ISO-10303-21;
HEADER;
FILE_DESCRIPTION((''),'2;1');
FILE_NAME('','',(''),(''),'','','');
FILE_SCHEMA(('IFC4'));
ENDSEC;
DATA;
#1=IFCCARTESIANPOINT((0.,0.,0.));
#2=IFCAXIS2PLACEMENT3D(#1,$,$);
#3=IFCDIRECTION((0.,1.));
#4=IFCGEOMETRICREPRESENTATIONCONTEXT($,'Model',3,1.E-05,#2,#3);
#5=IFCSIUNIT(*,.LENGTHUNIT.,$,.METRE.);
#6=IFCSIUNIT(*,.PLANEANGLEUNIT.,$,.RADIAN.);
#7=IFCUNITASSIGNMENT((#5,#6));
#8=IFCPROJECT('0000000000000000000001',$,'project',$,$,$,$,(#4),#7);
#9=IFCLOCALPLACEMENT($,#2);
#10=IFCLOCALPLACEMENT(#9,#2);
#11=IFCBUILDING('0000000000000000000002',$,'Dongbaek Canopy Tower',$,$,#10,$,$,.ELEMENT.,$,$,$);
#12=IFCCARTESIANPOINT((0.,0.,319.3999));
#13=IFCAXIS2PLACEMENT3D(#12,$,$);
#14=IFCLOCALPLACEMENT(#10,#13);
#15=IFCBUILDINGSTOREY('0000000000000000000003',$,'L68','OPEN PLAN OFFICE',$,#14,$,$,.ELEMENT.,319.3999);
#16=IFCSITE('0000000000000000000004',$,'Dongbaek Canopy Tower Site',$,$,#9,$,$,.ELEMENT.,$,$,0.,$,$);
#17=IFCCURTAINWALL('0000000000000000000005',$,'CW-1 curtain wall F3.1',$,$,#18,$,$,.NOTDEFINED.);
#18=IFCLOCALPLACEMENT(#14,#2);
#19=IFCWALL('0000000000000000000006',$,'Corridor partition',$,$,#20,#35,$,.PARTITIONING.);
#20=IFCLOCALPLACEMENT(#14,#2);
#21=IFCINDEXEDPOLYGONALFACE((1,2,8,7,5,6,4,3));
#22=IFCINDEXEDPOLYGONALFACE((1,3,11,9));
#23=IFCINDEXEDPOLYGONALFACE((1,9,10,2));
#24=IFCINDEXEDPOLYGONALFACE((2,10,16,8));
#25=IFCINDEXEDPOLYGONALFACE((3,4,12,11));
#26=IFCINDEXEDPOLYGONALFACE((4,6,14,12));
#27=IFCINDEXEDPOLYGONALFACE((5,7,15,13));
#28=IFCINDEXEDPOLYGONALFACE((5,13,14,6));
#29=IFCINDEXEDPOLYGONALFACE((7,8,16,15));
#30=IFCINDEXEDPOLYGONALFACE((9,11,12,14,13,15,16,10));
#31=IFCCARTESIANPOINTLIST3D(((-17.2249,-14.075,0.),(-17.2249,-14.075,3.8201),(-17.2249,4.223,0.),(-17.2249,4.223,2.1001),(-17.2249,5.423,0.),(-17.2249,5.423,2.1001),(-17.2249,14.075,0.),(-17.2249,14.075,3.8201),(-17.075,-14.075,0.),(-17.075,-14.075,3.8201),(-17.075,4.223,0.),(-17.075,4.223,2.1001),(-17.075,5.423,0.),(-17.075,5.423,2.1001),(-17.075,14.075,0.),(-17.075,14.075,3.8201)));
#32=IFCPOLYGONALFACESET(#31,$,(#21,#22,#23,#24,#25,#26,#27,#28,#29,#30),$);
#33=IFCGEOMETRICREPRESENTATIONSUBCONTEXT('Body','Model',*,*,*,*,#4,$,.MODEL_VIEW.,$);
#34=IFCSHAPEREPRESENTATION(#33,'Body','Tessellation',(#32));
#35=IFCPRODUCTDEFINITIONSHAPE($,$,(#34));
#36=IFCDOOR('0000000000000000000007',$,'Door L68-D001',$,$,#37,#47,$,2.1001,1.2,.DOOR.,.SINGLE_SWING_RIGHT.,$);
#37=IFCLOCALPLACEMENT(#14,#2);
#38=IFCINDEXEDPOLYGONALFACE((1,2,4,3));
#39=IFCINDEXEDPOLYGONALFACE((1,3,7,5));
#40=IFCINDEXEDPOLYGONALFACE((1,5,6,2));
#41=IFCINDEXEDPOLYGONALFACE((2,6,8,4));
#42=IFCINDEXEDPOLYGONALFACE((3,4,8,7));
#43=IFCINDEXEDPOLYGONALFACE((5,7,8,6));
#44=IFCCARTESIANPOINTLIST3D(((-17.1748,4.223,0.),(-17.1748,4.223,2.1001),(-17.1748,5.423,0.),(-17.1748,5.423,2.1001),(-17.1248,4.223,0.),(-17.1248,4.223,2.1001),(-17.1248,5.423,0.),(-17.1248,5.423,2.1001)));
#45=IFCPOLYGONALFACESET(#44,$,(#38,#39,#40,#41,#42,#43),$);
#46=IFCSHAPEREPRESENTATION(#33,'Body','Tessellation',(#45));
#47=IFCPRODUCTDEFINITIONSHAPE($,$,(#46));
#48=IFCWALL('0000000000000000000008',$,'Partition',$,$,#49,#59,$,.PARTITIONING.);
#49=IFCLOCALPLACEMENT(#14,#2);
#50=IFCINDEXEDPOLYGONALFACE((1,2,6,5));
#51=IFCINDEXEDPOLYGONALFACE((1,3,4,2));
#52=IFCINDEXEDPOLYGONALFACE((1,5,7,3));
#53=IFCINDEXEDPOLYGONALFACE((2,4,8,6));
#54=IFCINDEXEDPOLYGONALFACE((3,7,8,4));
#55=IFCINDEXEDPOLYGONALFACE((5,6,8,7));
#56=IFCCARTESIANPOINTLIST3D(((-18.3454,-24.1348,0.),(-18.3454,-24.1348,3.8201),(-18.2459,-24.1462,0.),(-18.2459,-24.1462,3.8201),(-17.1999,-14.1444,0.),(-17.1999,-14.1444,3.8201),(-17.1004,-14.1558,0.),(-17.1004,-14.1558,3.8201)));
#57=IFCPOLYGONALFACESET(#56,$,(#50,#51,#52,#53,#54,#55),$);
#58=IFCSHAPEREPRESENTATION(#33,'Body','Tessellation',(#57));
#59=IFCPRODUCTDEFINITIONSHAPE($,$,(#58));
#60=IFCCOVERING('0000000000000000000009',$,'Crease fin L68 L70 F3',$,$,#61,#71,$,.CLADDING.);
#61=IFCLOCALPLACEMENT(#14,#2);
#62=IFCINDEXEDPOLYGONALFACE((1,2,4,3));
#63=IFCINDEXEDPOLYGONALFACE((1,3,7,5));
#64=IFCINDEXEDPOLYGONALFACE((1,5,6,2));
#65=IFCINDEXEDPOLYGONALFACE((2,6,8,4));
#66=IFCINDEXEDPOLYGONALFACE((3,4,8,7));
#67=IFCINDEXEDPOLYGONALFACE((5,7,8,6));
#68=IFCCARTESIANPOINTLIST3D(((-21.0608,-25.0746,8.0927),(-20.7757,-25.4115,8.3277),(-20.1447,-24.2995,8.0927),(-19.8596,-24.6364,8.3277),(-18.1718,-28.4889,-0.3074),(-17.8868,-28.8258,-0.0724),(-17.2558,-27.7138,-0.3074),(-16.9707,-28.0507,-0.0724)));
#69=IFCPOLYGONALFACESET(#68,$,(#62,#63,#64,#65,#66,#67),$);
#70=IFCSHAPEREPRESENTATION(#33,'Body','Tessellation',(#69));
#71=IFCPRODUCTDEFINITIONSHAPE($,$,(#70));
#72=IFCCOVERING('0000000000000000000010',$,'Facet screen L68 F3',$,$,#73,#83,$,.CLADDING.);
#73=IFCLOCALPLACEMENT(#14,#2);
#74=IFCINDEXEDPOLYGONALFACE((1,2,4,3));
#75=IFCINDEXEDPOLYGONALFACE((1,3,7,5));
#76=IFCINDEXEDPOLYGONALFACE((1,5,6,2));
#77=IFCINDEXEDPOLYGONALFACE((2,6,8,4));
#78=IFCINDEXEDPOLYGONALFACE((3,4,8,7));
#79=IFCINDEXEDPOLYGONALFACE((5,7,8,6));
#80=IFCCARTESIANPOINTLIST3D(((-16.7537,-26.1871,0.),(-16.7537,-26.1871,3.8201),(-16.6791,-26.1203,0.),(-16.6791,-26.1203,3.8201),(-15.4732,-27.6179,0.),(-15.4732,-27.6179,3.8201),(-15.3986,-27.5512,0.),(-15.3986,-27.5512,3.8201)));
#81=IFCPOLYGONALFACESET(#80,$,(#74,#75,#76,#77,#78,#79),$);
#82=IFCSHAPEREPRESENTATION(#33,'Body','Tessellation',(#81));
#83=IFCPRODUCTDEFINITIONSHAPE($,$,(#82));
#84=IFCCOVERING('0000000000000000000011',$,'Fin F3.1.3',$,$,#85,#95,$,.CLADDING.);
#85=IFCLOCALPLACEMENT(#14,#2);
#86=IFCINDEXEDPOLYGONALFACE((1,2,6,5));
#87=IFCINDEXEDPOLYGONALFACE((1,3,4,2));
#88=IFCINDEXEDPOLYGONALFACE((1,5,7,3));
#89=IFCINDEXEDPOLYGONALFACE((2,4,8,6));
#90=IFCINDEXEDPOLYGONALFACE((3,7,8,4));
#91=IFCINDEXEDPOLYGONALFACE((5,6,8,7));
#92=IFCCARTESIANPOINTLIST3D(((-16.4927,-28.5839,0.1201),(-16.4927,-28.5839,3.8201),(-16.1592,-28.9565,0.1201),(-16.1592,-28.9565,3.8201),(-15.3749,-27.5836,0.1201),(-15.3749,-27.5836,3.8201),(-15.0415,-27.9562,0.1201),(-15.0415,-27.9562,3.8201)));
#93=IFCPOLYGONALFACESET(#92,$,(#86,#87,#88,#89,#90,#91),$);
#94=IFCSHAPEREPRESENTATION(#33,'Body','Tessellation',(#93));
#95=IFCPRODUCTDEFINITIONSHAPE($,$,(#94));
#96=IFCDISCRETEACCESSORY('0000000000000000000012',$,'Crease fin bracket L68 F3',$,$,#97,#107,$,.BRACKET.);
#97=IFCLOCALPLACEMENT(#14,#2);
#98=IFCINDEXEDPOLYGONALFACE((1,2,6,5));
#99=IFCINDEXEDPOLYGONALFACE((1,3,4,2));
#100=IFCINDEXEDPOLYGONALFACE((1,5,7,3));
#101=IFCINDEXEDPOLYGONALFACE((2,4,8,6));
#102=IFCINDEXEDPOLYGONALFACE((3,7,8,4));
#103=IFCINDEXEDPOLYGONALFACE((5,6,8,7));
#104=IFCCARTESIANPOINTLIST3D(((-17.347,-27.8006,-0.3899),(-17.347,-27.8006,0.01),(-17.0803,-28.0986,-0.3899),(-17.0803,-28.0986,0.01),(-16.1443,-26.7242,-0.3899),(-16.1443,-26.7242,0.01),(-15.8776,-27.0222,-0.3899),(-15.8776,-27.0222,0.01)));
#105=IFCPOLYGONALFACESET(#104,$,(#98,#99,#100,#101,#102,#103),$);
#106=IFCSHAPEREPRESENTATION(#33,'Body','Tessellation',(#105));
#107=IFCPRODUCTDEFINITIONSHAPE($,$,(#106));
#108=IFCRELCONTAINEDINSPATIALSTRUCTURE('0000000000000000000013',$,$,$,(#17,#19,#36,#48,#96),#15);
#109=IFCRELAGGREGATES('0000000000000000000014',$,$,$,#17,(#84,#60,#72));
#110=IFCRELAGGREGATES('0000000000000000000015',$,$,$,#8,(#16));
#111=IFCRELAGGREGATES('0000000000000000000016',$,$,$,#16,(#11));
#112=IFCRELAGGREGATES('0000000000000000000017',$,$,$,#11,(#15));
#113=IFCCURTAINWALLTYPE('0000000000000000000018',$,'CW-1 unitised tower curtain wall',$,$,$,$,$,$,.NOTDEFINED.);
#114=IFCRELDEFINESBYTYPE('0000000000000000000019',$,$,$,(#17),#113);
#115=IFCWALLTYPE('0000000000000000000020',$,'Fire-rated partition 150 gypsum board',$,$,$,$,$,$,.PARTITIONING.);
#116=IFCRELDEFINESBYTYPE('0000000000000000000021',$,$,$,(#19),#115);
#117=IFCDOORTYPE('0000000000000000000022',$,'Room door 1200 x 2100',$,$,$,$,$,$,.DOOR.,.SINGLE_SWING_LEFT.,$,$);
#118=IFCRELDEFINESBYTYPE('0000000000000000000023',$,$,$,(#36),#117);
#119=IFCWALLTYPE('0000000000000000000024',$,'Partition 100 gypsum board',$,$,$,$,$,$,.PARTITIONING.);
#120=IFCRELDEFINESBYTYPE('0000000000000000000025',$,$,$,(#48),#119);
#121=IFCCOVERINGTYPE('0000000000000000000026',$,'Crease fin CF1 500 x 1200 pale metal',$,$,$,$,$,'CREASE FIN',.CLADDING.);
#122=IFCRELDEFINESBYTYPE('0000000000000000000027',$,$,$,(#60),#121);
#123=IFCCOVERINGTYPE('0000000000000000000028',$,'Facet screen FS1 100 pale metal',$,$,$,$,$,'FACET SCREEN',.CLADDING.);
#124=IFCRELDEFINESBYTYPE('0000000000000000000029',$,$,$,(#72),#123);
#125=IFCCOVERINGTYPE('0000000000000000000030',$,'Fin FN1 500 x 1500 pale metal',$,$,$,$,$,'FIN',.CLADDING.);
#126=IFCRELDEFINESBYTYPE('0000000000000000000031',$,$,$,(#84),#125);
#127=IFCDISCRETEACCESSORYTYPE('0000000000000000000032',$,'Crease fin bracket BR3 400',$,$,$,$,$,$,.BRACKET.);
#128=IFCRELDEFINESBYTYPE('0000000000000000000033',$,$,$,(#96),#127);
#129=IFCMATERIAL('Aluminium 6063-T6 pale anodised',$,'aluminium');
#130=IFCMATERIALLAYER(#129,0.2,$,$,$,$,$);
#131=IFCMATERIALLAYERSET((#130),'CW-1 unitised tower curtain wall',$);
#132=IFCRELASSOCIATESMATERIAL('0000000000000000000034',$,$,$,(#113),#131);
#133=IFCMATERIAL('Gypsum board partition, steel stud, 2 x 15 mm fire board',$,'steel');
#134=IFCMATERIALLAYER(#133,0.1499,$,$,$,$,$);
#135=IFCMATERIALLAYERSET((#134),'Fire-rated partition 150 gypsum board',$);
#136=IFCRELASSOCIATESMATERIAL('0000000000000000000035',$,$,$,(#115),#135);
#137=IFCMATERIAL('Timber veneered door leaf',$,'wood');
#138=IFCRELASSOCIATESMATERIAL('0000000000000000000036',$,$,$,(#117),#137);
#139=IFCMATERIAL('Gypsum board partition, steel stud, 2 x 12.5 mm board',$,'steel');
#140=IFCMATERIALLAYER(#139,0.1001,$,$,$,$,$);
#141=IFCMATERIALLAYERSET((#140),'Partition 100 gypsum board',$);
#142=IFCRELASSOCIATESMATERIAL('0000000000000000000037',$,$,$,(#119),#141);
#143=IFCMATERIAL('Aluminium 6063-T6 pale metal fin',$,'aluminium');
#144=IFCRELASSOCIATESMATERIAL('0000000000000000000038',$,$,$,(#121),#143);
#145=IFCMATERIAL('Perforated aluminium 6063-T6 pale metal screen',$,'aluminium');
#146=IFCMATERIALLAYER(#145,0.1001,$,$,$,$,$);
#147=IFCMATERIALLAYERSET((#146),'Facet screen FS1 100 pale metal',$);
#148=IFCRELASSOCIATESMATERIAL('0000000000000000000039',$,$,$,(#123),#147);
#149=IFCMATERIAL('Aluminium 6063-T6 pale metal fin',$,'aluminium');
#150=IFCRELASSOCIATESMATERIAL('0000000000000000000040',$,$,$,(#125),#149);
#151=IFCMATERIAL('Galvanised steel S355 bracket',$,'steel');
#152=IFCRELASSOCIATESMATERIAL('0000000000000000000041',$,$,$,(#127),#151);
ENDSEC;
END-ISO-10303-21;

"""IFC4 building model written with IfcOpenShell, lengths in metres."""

from ifc_helpers import new_model, si_unit, direction, frame, frame_2d, origin, origin_2d, place, context, subcontext, project, spatial, rectangle, extrude, material, layer, layer_set, material_profile, profile_set, type_object, element, fill, aggregate, save


model = new_model("IFC4")

# Units and contexts
model_context = context("Model", 3, precision=1e-05, world=origin(), true_north=direction((0.0, 1.0)))
body_context = subcontext(model_context, "Body", "Model", "MODEL_VIEW")
ifc_project = project(units=[si_unit("LENGTHUNIT", "METRE"), si_unit("PLANEANGLEUNIT", "RADIAN")], contexts=[model_context])

# Site, building, storey
site_placement = place(None, origin())
site = spatial("IfcSite", under=ifc_project, at=site_placement, Name="Dongbaek Canopy Tower Site", CompositionType="ELEMENT", RefElevation=0.0)
building_placement = place(site_placement, origin())
building = spatial("IfcBuilding", under=site, at=building_placement, Name="Dongbaek Canopy Tower", CompositionType="ELEMENT")
storey_placement = place(building_placement, frame((0.0, 0.0, 319.3999)))
storey = spatial("IfcBuildingStorey", under=building, at=storey_placement, Name="L68", Description="OPEN PLAN OFFICE", CompositionType="ELEMENT", Elevation=319.3999)

# Curtain wall
ifc_material_1 = material(Name="Aluminium 6063-T6 pale anodised", Category="aluminium")
ifc_layer_1 = layer(ifc_material_1, 0.2)
ifc_layer_set_1 = layer_set([ifc_layer_1], Name="CW-1 unitised tower curtain wall")
curtain_wall_type = type_object("IfcCurtainWallType", Name="CW-1 unitised tower curtain wall", PredefinedType="NOTDEFINED", material=ifc_layer_set_1)
curtain_wall_placement = place(storey_placement, origin())
curtain_wall = element("IfcCurtainWall", 1, at=curtain_wall_placement, inside=storey, type_object=curtain_wall_type, Name="CW-1 curtain wall F3.1", PredefinedType="NOTDEFINED")

# Wall, opening, door
ifc_material_2 = material(Name="Gypsum board partition, steel stud, 2 x 15 mm fire board", Category="steel")
ifc_layer_2 = layer(ifc_material_2, 0.1499)
ifc_layer_set_2 = layer_set([ifc_layer_2], Name="Fire-rated partition 150 gypsum board")
wall_type_1 = type_object("IfcWallType", Name="Fire-rated partition 150 gypsum board", PredefinedType="PARTITIONING", material=ifc_layer_set_2)
wall_1_placement = place(storey_placement, frame((-17.1499, -14.075, 0.0), z_axis=(0.0, 0.0, 1.0), x_axis=(0.0, 1.0, 0.0)))
wall_1 = element("IfcWall", 2, at=wall_1_placement, inside=storey, type_object=wall_type_1, Name="Corridor partition", PredefinedType="PARTITIONING", context=body_context, shape_type="SweptSolid", body=[
    extrude(rectangle(XDim=28.1499, YDim=0.1499, at=frame_2d((14.075, 0.0))), origin(), (0.0, 0.0, 1.0), 3.8201),
])
opening_placement = place(wall_1_placement, frame((18.2979, 0.0, 0.0)))
opening = element("IfcOpeningElement", 3, at=opening_placement, cuts=wall_1, PredefinedType="OPENING", context=body_context, shape_type="SweptSolid", body=[
    extrude(rectangle(XDim=1.2, YDim=2.1001, at=frame_2d((0.6001, 1.05))), frame((0.0, 0.085, 0.0), z_axis=(0.0, -1.0, 0.0), x_axis=(1.0, 0.0, 0.0)), (0.0, 0.0, 1.0), 0.1699),
])
ifc_material_3 = material(Name="Timber veneered door leaf", Category="wood")
door_type = type_object("IfcDoorType", Name="Room door 1200 x 2100", OperationType="SINGLE_SWING_LEFT", PredefinedType="DOOR", material=ifc_material_3)
door_placement = place(opening_placement, origin())
door = element("IfcDoor", 4, at=door_placement, inside=storey, type_object=door_type, Name="Door L68-D001", OperationType="SINGLE_SWING_RIGHT", OverallHeight=2.1001, OverallWidth=1.2, PredefinedType="DOOR", context=body_context, shape_type="SweptSolid", body=[
    extrude(rectangle(XDim=1.2, YDim=2.1001, at=frame_2d((0.6001, 1.05))), frame((0.0, 0.0249, 0.0), z_axis=(0.0, -1.0, 0.0), x_axis=(1.0, 0.0, 0.0)), (0.0, 0.0, 1.0), 0.05),
])
fill(opening, door)

# Wall
ifc_material_4 = material(Name="Gypsum board partition, steel stud, 2 x 12.5 mm board", Category="steel")
ifc_layer_3 = layer(ifc_material_4, 0.1001)
ifc_layer_set_3 = layer_set([ifc_layer_3], Name="Partition 100 gypsum board")
wall_type_2 = type_object("IfcWallType", Name="Partition 100 gypsum board", PredefinedType="PARTITIONING", material=ifc_layer_set_3)
wall_2_placement = place(storey_placement, frame((-18.2957, -24.1404, 0.0), z_axis=(0.0, 0.0, 1.0), x_axis=(0.113914, 0.993491, 0.0)))
element("IfcWall", 5, at=wall_2_placement, inside=storey, type_object=wall_type_2, Name="Partition", PredefinedType="PARTITIONING", context=body_context, shape_type="SweptSolid", body=[
    extrude(rectangle(XDim=10.0559, YDim=0.1001, at=frame_2d((5.0278, 0.0))), origin(), (0.0, 0.0, 1.0), 3.8201),
])

# Coverings
ifc_material_5 = material(Name="Aluminium 6063-T6 pale metal fin", Category="aluminium")
ifc_material_profile_1 = material_profile(ifc_material_5, rectangle(XDim=1.2, YDim=0.5, at=origin_2d()), Name="Crease fin CF1 500 x 1200 pale metal")
ifc_profile_set_1 = profile_set([ifc_material_profile_1], Name="Aluminium 6063-T6 pale metal fin")
covering_type_1 = type_object("IfcCoveringType", Name="Crease fin CF1 500 x 1200 pale metal", ElementType="CREASE FIN", PredefinedType="CLADDING", material=ifc_profile_set_1)
covering_1_placement = place(storey_placement, frame((-17.5713, -28.2698, -0.1899), z_axis=(-0.303566, 0.358774, 0.882683), x_axis=(-0.763399, -0.645928, 0.0)))
covering_1 = element("IfcCovering", 6, at=covering_1_placement, type_object=covering_type_1, Name="Crease fin L68 L70 F3", PredefinedType="CLADDING", context=body_context, shape_type="SweptSolid", body=[
    extrude(rectangle(XDim=1.2, YDim=0.5, at=origin_2d()), origin(), (0.0, 0.0, 1.0), 9.5166),
])
ifc_material_6 = material(Name="Perforated aluminium 6063-T6 pale metal screen", Category="aluminium")
ifc_layer_4 = layer(ifc_material_6, 0.1001)
ifc_layer_set_4 = layer_set([ifc_layer_4], Name="Facet screen FS1 100 pale metal")
covering_type_2 = type_object("IfcCoveringType", Name="Facet screen FS1 100 pale metal", ElementType="FACET SCREEN", PredefinedType="CLADDING", material=ifc_layer_set_4)
covering_2_placement = place(storey_placement, frame((-16.0762, -26.8691, 0.0), z_axis=(0.0, 0.0, 1.0), x_axis=(0.66688, -0.745165, 0.0)))
covering_2 = element("IfcCovering", 7, at=covering_2_placement, type_object=covering_type_2, Name="Facet screen L68 F3", PredefinedType="CLADDING", context=body_context, shape_type="SweptSolid", body=[
    extrude(rectangle(XDim=1.9202, YDim=0.1001, at=origin_2d()), origin(), (0.0, 0.0, 1.0), 3.8201),
])
ifc_material_7 = material(Name="Aluminium 6063-T6 pale metal fin", Category="aluminium")
ifc_material_profile_2 = material_profile(ifc_material_7, rectangle(XDim=1.5, YDim=0.5, at=origin_2d()), Name="Fin FN1 500 x 1500 pale metal")
ifc_profile_set_2 = profile_set([ifc_material_profile_2], Name="Aluminium 6063-T6 pale metal fin")
covering_type_3 = type_object("IfcCoveringType", Name="Fin FN1 500 x 1500 pale metal", ElementType="FIN", PredefinedType="CLADDING", material=ifc_profile_set_2)
covering_3_placement = place(storey_placement, frame((-15.7671, -28.27, 0.1201), z_axis=(0.0, 0.0, 1.0), x_axis=(-0.745165, -0.66688, 0.0)))
covering_3 = element("IfcCovering", 8, at=covering_3_placement, type_object=covering_type_3, Name="Fin F3.1.3", PredefinedType="CLADDING", context=body_context, shape_type="SweptSolid", body=[
    extrude(rectangle(XDim=1.5, YDim=0.5, at=origin_2d()), origin(), (0.0, 0.0, 1.0), 3.7),
])
aggregate(curtain_wall, [covering_3, covering_1, covering_2])

# Discrete accessory
ifc_material_8 = material(Name="Galvanised steel S355 bracket", Category="steel")
discrete_accessory_type = type_object("IfcDiscreteAccessoryType", Name="Crease fin bracket BR3 400", PredefinedType="BRACKET", material=ifc_material_8)
discrete_accessory_placement = place(storey_placement, frame((-16.6123, -27.4114, -0.3899), z_axis=(0.0, 0.0, 1.0), x_axis=(-0.745165, -0.66688, 0.0)))
element("IfcDiscreteAccessory", 9, at=discrete_accessory_placement, inside=storey, type_object=discrete_accessory_type, Name="Crease fin bracket L68 F3", PredefinedType="BRACKET", context=body_context, shape_type="SweptSolid", body=[
    extrude(rectangle(XDim=1.614, YDim=0.3999, at=origin_2d()), origin(), (0.0, 0.0, 1.0), 0.3999),
])

save(model, "model.ifc")
